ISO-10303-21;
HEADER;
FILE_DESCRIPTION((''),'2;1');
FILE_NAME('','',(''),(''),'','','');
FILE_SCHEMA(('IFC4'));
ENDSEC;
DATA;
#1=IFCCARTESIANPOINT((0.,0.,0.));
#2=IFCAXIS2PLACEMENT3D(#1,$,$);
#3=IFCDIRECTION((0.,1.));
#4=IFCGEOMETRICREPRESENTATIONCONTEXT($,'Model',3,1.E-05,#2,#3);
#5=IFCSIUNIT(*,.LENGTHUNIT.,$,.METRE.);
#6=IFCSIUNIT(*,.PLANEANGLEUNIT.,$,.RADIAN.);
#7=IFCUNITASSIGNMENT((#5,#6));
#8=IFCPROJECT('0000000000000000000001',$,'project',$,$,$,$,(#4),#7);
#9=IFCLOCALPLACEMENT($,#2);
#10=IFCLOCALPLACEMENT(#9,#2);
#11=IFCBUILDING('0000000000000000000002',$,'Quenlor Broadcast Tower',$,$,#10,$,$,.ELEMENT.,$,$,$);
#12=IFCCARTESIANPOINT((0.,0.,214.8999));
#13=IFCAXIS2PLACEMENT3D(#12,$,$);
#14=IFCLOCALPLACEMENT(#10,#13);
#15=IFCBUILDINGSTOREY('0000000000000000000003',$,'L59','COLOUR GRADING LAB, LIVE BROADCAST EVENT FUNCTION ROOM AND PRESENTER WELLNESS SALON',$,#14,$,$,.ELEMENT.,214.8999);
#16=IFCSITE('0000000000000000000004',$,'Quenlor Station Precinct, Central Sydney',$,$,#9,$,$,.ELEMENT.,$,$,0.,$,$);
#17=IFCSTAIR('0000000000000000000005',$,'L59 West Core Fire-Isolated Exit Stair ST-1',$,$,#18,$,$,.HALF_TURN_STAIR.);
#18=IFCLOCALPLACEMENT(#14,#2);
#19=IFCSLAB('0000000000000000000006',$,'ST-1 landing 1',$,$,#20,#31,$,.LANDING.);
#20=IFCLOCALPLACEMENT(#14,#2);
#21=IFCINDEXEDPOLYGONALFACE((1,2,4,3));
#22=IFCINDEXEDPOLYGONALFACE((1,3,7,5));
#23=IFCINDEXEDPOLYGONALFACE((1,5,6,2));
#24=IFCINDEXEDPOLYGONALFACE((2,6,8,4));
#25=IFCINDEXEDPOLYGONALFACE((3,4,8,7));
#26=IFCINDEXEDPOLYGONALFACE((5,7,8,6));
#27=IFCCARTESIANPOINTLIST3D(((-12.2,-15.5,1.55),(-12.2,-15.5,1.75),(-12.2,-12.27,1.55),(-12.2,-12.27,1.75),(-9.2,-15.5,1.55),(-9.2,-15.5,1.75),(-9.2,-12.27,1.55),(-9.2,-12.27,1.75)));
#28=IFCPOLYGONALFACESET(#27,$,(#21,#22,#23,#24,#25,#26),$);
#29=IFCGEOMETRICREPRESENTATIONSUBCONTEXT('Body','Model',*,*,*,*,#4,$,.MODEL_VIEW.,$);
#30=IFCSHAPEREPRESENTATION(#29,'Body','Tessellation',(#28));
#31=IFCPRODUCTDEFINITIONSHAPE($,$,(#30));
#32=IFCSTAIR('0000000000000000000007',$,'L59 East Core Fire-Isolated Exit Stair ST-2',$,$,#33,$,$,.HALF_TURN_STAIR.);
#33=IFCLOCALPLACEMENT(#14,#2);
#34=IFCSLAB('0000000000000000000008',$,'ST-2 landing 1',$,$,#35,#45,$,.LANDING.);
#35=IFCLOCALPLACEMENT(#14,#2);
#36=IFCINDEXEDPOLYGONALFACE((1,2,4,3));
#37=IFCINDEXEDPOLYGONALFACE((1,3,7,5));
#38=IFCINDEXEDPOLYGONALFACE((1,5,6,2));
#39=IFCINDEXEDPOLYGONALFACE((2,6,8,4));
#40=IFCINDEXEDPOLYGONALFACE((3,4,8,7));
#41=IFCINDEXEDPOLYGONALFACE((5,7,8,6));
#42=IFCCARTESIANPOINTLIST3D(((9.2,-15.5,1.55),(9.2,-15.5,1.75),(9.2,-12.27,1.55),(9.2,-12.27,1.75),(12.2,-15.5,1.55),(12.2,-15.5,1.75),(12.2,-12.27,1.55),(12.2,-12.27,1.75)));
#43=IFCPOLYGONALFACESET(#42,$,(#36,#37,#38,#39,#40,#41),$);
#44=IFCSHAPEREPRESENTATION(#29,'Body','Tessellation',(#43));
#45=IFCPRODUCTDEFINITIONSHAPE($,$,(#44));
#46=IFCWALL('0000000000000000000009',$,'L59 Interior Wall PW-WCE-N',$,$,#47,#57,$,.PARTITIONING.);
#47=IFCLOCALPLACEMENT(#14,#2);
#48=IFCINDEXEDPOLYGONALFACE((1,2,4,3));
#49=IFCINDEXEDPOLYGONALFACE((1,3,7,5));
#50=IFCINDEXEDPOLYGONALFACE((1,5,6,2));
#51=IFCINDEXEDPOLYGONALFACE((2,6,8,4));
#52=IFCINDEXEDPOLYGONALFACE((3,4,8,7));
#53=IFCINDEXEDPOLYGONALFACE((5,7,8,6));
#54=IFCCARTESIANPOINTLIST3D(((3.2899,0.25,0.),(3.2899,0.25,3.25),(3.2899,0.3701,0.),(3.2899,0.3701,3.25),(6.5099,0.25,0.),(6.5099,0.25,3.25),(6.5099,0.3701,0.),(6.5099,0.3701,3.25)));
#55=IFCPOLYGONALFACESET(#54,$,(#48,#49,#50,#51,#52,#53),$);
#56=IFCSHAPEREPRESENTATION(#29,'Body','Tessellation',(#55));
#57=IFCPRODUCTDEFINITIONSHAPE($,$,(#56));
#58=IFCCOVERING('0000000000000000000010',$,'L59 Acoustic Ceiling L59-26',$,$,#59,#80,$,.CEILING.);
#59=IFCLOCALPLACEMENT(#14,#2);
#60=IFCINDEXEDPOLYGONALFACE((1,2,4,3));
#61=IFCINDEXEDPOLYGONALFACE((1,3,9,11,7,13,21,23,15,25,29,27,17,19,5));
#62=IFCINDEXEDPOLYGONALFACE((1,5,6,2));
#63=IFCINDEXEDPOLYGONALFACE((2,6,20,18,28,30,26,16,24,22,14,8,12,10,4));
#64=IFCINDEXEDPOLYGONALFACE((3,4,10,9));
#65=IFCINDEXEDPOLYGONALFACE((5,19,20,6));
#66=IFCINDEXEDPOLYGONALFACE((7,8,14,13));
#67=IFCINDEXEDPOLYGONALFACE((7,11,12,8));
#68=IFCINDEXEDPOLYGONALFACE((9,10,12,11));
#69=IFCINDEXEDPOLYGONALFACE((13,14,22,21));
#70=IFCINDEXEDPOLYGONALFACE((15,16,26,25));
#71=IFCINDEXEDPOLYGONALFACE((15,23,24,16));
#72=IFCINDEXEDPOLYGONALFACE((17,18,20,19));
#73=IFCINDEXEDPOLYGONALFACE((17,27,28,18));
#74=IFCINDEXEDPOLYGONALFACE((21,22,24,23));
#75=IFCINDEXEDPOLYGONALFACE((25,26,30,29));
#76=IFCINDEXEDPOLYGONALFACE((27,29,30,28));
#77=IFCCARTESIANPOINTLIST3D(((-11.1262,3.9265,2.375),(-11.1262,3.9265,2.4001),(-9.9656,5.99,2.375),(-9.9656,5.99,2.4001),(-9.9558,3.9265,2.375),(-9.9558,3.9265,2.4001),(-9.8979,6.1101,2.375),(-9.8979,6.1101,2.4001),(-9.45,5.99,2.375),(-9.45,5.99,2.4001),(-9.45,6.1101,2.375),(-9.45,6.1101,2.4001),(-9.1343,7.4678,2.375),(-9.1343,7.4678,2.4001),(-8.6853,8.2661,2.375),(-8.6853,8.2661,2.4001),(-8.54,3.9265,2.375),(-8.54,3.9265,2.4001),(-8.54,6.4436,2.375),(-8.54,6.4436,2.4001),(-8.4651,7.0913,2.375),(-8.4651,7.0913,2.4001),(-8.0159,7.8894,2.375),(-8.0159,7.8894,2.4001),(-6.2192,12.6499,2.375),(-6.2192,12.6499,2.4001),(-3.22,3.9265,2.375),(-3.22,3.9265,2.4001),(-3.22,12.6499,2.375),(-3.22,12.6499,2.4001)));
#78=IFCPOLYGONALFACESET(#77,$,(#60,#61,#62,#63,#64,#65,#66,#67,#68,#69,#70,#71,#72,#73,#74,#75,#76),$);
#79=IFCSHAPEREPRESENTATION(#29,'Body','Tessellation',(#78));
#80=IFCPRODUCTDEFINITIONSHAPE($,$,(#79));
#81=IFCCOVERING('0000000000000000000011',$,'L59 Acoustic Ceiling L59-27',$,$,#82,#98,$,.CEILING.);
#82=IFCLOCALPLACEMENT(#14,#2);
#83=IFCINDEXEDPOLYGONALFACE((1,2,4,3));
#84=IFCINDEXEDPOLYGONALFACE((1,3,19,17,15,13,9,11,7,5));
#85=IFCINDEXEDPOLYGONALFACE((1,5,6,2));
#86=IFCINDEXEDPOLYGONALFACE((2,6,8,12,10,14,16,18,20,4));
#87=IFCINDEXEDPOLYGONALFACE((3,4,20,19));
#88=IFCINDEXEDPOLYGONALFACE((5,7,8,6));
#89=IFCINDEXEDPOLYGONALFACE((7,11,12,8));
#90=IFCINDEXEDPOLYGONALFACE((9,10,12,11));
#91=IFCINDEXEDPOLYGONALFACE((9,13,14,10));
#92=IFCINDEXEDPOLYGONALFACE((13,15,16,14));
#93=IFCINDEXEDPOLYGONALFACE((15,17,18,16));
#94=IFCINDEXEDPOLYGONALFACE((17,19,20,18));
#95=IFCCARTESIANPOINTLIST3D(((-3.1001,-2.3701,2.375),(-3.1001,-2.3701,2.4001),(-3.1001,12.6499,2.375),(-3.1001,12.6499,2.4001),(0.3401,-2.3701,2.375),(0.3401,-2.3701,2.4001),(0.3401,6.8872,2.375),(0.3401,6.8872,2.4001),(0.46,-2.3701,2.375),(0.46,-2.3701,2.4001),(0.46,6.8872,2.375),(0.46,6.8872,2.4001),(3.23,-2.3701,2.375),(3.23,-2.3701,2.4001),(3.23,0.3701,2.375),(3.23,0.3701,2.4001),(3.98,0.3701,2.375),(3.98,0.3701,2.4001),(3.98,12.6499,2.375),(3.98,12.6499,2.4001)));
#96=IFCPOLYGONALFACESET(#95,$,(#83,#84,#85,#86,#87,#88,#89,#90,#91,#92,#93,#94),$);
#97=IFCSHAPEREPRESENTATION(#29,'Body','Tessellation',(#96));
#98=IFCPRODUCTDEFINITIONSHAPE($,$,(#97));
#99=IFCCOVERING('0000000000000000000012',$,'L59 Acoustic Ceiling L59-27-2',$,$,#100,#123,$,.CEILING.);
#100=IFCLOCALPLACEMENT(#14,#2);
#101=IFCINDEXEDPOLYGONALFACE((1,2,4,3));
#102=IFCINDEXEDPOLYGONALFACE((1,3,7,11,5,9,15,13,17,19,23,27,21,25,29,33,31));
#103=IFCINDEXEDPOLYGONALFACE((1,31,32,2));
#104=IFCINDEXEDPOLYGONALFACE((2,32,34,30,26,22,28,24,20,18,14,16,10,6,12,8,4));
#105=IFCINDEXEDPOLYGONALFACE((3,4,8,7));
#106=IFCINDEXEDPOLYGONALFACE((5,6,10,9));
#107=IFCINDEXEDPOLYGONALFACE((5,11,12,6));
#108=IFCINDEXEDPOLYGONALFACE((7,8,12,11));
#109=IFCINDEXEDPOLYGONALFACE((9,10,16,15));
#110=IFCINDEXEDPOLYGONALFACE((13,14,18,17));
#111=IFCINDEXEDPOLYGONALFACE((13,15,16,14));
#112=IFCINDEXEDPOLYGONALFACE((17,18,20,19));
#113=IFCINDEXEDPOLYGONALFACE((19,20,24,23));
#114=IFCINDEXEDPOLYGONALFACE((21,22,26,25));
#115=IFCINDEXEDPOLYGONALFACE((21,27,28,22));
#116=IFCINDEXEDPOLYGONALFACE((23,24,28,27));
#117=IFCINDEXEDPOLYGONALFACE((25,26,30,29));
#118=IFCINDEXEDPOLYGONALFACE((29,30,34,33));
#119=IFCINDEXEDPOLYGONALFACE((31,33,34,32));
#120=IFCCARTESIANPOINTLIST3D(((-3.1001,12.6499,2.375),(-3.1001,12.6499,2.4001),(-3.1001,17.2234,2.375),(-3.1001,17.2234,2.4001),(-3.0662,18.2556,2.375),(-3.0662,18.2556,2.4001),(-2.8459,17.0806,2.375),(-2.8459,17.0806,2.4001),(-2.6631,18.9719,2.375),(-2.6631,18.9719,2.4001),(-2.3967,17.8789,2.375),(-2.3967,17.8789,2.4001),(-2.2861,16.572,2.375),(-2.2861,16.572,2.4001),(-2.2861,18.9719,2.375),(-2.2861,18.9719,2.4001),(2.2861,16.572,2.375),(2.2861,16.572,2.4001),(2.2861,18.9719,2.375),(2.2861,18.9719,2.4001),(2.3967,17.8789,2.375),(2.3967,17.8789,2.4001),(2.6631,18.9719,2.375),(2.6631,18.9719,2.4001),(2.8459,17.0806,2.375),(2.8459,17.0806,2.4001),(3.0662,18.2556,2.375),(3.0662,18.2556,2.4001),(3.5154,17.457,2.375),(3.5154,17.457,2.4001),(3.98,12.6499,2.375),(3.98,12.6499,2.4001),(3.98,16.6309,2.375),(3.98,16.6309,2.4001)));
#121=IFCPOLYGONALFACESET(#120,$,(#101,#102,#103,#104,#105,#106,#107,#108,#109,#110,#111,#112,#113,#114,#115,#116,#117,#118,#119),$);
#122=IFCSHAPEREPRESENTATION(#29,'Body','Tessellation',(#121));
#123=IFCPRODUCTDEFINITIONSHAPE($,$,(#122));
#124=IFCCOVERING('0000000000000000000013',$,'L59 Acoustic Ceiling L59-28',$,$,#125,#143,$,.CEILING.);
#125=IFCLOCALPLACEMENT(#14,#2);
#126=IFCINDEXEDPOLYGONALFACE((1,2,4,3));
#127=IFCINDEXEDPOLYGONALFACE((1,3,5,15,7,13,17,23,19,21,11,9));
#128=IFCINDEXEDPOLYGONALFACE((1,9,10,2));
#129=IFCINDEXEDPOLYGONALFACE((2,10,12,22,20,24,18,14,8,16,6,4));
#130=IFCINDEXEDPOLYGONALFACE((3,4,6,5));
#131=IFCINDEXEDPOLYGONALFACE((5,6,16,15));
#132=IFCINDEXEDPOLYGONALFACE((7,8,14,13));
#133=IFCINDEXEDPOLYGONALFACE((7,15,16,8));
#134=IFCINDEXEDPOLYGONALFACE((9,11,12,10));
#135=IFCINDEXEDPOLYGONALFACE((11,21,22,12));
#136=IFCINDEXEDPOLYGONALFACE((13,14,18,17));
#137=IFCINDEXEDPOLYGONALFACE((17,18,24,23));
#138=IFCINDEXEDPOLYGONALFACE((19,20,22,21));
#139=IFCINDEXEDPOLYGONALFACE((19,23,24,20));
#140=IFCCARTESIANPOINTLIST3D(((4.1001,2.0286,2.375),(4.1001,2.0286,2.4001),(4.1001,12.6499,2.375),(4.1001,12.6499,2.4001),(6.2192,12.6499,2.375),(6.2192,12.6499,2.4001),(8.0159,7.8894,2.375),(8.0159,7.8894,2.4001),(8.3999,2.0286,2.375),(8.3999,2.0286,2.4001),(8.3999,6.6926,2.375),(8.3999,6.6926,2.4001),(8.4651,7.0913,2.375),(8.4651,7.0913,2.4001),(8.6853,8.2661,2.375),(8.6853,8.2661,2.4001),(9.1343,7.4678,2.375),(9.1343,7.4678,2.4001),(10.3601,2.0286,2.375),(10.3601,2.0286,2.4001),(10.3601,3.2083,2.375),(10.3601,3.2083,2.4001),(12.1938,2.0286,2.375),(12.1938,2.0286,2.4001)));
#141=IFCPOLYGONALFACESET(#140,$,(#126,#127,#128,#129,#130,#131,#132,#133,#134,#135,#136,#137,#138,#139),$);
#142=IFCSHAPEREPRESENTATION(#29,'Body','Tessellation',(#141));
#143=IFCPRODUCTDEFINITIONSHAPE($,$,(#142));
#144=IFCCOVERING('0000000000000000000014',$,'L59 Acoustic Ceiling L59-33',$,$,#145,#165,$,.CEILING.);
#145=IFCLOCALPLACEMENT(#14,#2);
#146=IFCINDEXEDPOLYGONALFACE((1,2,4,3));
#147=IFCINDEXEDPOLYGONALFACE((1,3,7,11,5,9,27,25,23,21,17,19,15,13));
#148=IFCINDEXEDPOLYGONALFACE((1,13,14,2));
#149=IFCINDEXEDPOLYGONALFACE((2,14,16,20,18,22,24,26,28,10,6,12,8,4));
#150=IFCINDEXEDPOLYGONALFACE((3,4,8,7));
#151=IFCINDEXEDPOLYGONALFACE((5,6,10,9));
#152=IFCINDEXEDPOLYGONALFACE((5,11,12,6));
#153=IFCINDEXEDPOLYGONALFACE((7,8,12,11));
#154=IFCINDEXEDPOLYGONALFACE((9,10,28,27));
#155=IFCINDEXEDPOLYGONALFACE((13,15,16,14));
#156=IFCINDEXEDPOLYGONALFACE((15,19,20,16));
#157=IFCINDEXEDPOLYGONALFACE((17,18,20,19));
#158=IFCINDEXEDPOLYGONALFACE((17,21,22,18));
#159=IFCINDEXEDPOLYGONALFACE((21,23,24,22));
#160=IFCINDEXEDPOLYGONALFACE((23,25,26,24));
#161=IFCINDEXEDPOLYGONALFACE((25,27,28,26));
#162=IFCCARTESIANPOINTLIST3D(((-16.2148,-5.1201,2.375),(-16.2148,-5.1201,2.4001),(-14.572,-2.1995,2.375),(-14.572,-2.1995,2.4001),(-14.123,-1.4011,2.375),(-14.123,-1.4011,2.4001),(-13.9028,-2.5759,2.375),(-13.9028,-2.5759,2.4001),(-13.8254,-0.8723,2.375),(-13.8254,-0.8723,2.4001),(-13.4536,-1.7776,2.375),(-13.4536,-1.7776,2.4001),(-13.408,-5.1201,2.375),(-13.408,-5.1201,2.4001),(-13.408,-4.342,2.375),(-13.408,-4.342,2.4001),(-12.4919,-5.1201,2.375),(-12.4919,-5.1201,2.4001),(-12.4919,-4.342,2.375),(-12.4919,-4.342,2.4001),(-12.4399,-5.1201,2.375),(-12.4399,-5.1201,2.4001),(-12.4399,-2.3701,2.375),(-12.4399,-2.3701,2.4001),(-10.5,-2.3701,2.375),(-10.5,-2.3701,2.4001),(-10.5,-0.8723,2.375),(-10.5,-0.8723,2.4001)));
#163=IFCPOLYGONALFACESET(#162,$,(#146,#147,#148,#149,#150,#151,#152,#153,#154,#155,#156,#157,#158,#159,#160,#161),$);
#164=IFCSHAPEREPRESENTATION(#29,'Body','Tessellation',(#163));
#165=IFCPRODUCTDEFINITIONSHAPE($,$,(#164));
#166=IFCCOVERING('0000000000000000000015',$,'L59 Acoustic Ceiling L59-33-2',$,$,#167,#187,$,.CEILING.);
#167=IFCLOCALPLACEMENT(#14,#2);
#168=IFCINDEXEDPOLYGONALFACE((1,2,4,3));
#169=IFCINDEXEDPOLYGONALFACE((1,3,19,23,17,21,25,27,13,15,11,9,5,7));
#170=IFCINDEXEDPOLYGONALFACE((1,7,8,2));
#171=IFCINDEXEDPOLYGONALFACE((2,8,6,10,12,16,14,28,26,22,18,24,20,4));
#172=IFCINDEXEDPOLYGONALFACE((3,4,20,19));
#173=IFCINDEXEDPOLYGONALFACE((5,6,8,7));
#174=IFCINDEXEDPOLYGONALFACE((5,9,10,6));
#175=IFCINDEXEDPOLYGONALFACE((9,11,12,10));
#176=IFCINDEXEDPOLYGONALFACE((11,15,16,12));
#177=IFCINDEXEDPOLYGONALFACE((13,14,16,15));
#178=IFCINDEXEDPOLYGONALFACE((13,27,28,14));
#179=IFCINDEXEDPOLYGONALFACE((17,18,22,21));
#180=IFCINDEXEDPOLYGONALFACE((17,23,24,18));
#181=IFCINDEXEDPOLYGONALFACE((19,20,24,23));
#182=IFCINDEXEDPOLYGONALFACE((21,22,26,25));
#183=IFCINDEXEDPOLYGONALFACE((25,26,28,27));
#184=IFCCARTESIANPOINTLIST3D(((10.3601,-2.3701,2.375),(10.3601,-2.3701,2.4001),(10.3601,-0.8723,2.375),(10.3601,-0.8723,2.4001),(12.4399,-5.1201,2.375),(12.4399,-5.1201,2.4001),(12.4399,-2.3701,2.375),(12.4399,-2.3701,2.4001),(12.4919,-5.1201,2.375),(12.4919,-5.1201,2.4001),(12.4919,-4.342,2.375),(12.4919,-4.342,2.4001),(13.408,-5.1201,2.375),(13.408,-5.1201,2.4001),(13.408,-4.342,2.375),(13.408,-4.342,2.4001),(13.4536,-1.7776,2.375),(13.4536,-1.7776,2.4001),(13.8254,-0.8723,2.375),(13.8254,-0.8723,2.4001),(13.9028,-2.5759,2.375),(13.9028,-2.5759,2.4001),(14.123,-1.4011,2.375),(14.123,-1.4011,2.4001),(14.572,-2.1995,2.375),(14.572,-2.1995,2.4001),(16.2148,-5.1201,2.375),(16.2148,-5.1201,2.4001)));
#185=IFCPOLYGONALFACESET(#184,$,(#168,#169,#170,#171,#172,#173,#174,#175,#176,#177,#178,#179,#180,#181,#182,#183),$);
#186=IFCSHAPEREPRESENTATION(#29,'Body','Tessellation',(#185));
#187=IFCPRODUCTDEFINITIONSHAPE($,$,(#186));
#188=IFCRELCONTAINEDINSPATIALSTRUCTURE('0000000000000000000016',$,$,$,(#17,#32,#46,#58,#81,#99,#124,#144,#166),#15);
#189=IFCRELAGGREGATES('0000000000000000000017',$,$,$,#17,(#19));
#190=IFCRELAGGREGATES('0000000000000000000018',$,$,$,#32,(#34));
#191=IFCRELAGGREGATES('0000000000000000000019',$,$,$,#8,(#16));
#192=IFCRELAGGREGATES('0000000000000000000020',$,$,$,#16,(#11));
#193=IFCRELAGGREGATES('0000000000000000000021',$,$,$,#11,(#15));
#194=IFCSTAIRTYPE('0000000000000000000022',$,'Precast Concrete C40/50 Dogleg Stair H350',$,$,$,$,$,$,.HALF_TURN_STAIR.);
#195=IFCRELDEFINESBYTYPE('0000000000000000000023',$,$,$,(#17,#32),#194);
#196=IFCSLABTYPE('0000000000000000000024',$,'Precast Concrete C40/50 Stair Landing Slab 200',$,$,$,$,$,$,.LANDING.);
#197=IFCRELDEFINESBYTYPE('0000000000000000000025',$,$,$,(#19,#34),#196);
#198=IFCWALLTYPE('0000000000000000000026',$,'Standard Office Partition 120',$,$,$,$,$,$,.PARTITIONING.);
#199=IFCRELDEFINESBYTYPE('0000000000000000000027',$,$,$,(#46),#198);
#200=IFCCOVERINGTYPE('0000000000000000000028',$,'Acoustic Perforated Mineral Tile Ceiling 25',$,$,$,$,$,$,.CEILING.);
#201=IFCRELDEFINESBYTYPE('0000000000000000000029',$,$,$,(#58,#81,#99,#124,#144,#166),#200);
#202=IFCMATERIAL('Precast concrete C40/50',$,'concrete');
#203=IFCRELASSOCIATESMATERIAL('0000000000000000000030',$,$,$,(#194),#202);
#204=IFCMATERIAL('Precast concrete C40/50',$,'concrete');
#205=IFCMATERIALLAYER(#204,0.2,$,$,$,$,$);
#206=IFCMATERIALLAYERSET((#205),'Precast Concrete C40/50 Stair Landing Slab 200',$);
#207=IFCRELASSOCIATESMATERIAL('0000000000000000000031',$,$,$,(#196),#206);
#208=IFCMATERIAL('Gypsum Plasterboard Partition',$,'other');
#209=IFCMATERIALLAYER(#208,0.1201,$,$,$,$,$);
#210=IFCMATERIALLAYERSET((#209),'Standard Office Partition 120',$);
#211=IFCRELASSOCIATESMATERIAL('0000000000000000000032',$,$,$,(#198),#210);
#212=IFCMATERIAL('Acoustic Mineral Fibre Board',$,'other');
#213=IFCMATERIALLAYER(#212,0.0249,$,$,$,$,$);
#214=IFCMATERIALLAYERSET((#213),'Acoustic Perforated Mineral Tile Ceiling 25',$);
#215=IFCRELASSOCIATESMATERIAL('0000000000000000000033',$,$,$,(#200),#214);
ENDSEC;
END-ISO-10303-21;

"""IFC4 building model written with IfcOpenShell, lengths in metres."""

from ifc_helpers import new_model, si_unit, direction, frame, frame_2d, origin, place, context, subcontext, project, spatial, polyline, rectangle, outline, extrude, material, layer, layer_set, type_object, element, aggregate, save


model = new_model("IFC4")

# Units and contexts
model_context = context("Model", 3, precision=1e-05, world=origin(), true_north=direction((0.0, 1.0)))
body_context = subcontext(model_context, "Body", "Model", "MODEL_VIEW")
ifc_project = project(units=[si_unit("LENGTHUNIT", "METRE"), si_unit("PLANEANGLEUNIT", "RADIAN")], contexts=[model_context])

# Site, building, storey
site_placement = place(None, origin())
site = spatial("IfcSite", under=ifc_project, at=site_placement, Name="Quenlor Station Precinct, Central Sydney", CompositionType="ELEMENT", RefElevation=0.0)
building_placement = place(site_placement, origin())
building = spatial("IfcBuilding", under=site, at=building_placement, Name="Quenlor Broadcast Tower", CompositionType="ELEMENT")
storey_placement = place(building_placement, frame((0.0, 0.0, 214.8999)))
storey = spatial("IfcBuildingStorey", under=building, at=storey_placement, Name="L59", Description="COLOUR GRADING LAB, LIVE BROADCAST EVENT FUNCTION ROOM AND PRESENTER WELLNESS SALON", CompositionType="ELEMENT", Elevation=214.8999)

# Stairs, slabs
ifc_material_1 = material(Name="Precast concrete C40/50", Category="concrete")
stair_type = type_object("IfcStairType", Name="Precast Concrete C40/50 Dogleg Stair H350", PredefinedType="HALF_TURN_STAIR", material=ifc_material_1)
stair_1_placement = place(storey_placement, origin())
stair_1 = element("IfcStair", 1, at=stair_1_placement, inside=storey, type_object=stair_type, Name="L59 West Core Fire-Isolated Exit Stair ST-1", PredefinedType="HALF_TURN_STAIR")
ifc_material_2 = material(Name="Precast concrete C40/50", Category="concrete")
ifc_layer_1 = layer(ifc_material_2, 0.2)
ifc_layer_set_1 = layer_set([ifc_layer_1], Name="Precast Concrete C40/50 Stair Landing Slab 200")
slab_type = type_object("IfcSlabType", Name="Precast Concrete C40/50 Stair Landing Slab 200", PredefinedType="LANDING", material=ifc_layer_set_1)
slab_1_placement = place(storey_placement, frame((0.0, 0.0, 1.55)))
slab_1 = element("IfcSlab", 2, at=slab_1_placement, type_object=slab_type, Name="ST-1 landing 1", PredefinedType="LANDING", context=body_context, shape_type="SweptSolid", body=[
    extrude(outline(polyline([(-12.2, -12.27), (-12.2, -15.5), (-9.2, -15.5), (-9.2, -12.27), (-12.2, -12.27)])), origin(), (0.0, 0.0, 1.0), 0.2),
])
aggregate(stair_1, [slab_1])
stair_2_placement = place(storey_placement, origin())
stair_2 = element("IfcStair", 3, at=stair_2_placement, inside=storey, type_object=stair_type, Name="L59 East Core Fire-Isolated Exit Stair ST-2", PredefinedType="HALF_TURN_STAIR")
slab_2_placement = place(storey_placement, frame((0.0, 0.0, 1.55)))
slab_2 = element("IfcSlab", 4, at=slab_2_placement, type_object=slab_type, Name="ST-2 landing 1", PredefinedType="LANDING", context=body_context, shape_type="SweptSolid", body=[
    extrude(outline(polyline([(9.2, -12.27), (9.2, -15.5), (12.2, -15.5), (12.2, -12.27), (9.2, -12.27)])), origin(), (0.0, 0.0, 1.0), 0.2),
])
aggregate(stair_2, [slab_2])

# Wall
ifc_material_3 = material(Name="Gypsum Plasterboard Partition", Category="other")
ifc_layer_2 = layer(ifc_material_3, 0.1201)
ifc_layer_set_2 = layer_set([ifc_layer_2], Name="Standard Office Partition 120")
wall_type = type_object("IfcWallType", Name="Standard Office Partition 120", PredefinedType="PARTITIONING", material=ifc_layer_set_2)
wall_placement = place(storey_placement, frame((3.29, 0.3101, 0.0), z_axis=(0.0, 0.0, 1.0), x_axis=(1.0, 0.0, 0.0)))
element("IfcWall", 5, at=wall_placement, inside=storey, type_object=wall_type, Name="L59 Interior Wall PW-WCE-N", PredefinedType="PARTITIONING", context=body_context, shape_type="SweptSolid", body=[
    extrude(rectangle(XDim=3.22, YDim=0.1201, at=frame_2d((1.6099, 0.0))), origin(), (0.0, 0.0, 1.0), 3.25),
])

# Coverings
ifc_material_4 = material(Name="Acoustic Mineral Fibre Board", Category="other")
ifc_layer_3 = layer(ifc_material_4, 0.0249)
ifc_layer_set_3 = layer_set([ifc_layer_3], Name="Acoustic Perforated Mineral Tile Ceiling 25")
covering_type_1 = type_object("IfcCoveringType", Name="Acoustic Perforated Mineral Tile Ceiling 25", PredefinedType="CEILING", material=ifc_layer_set_3)
covering_1_placement = place(storey_placement, frame((0.0, 0.0, 2.375)))
element("IfcCovering", 6, at=covering_1_placement, inside=storey, type_object=covering_type_1, Name="L59 Acoustic Ceiling L59-26", PredefinedType="CEILING", context=body_context, shape_type="SweptSolid", body=[
    extrude(outline(polyline([(-8.4651, 7.0913), (-8.0159, 7.8894), (-8.6853, 8.2661), (-6.2192, 12.6499), (-3.22, 12.6499), (-3.22, 3.9265), (-8.54, 3.9265), (-8.54, 6.4436), (-9.9558, 3.9265), (-11.1262, 3.9265), (-9.9656, 5.99), (-9.45, 5.99), (-9.45, 6.1101), (-9.8979, 6.1101), (-9.1343, 7.4678), (-8.4651, 7.0913)])), origin(), (0.0, 0.0, 1.0), 0.0251),
])
covering_2_placement = place(storey_placement, frame((0.0, 0.0, 2.375)))
element("IfcCovering", 7, at=covering_2_placement, inside=storey, type_object=covering_type_1, Name="L59 Acoustic Ceiling L59-27", PredefinedType="CEILING", context=body_context, shape_type="SweptSolid", body=[
    extrude(outline(polyline([(3.98, 0.3701), (3.23, 0.3701), (3.23, -2.3701), (0.46, -2.3701), (0.46, 6.8872), (0.3401, 6.8872), (0.3401, -2.3701), (-3.1001, -2.3701), (-3.1001, 12.6499), (3.98, 12.6499), (3.98, 0.3701)])), origin(), (0.0, 0.0, 1.0), 0.0251),
])
covering_3_placement = place(storey_placement, frame((0.0, 0.0, 2.375)))
element("IfcCovering", 8, at=covering_3_placement, inside=storey, type_object=covering_type_1, Name="L59 Acoustic Ceiling L59-27-2", PredefinedType="CEILING", context=body_context, shape_type="SweptSolid", body=[
    extrude(outline(polyline([(2.2861, 16.572), (2.2861, 18.9719), (2.6631, 18.9719), (3.0662, 18.2556), (2.3967, 17.8789), (2.8459, 17.0806), (3.5154, 17.457), (3.98, 16.6309), (3.98, 12.6499), (-3.1001, 12.6499), (-3.1001, 17.2234), (-2.8459, 17.0806), (-2.3967, 17.8789), (-3.0662, 18.2556), (-2.6631, 18.9719), (-2.2861, 18.9719), (-2.2861, 16.572), (2.2861, 16.572)])), origin(), (0.0, 0.0, 1.0), 0.0251),
])
covering_4_placement = place(storey_placement, frame((0.0, 0.0, 2.375)))
element("IfcCovering", 9, at=covering_4_placement, inside=storey, type_object=covering_type_1, Name="L59 Acoustic Ceiling L59-28", PredefinedType="CEILING", context=body_context, shape_type="SweptSolid", body=[
    extrude(outline(polyline([(4.1001, 2.0286), (4.1001, 12.6499), (6.2192, 12.6499), (8.6853, 8.2661), (8.0159, 7.8894), (8.4651, 7.0913), (9.1343, 7.4678), (12.1938, 2.0286), (10.3601, 2.0286), (10.3601, 3.2083), (8.3999, 6.6926), (8.3999, 2.0286), (4.1001, 2.0286)])), origin(), (0.0, 0.0, 1.0), 0.0251),
])
covering_5_placement = place(storey_placement, frame((0.0, 0.0, 2.375)))
element("IfcCovering", 10, at=covering_5_placement, inside=storey, type_object=covering_type_1, Name="L59 Acoustic Ceiling L59-33", PredefinedType="CEILING", context=body_context, shape_type="SweptSolid", body=[
    extrude(outline(polyline([(-14.572, -2.1995), (-13.9028, -2.5759), (-13.4536, -1.7776), (-14.123, -1.4011), (-13.8254, -0.8723), (-10.5, -0.8723), (-10.5, -2.3701), (-12.4399, -2.3701), (-12.4399, -5.1201), (-12.4919, -5.1201), (-12.4919, -4.342), (-13.408, -4.342), (-13.408, -5.1201), (-16.2148, -5.1201), (-14.572, -2.1995)])), origin(), (0.0, 0.0, 1.0), 0.0251),
])
covering_6_placement = place(storey_placement, frame((0.0, 0.0, 2.375)))
element("IfcCovering", 11, at=covering_6_placement, inside=storey, type_object=covering_type_1, Name="L59 Acoustic Ceiling L59-33-2", PredefinedType="CEILING", context=body_context, shape_type="SweptSolid", body=[
    extrude(outline(polyline([(13.408, -4.342), (12.4919, -4.342), (12.4919, -5.1201), (12.4399, -5.1201), (12.4399, -2.3701), (10.3601, -2.3701), (10.3601, -0.8723), (13.8254, -0.8723), (14.123, -1.4011), (13.4536, -1.7776), (13.9028, -2.5759), (14.572, -2.1995), (16.2148, -5.1201), (13.408, -5.1201), (13.408, -4.342)])), origin(), (0.0, 0.0, 1.0), 0.0251),
])

save(model, "model.ifc")
